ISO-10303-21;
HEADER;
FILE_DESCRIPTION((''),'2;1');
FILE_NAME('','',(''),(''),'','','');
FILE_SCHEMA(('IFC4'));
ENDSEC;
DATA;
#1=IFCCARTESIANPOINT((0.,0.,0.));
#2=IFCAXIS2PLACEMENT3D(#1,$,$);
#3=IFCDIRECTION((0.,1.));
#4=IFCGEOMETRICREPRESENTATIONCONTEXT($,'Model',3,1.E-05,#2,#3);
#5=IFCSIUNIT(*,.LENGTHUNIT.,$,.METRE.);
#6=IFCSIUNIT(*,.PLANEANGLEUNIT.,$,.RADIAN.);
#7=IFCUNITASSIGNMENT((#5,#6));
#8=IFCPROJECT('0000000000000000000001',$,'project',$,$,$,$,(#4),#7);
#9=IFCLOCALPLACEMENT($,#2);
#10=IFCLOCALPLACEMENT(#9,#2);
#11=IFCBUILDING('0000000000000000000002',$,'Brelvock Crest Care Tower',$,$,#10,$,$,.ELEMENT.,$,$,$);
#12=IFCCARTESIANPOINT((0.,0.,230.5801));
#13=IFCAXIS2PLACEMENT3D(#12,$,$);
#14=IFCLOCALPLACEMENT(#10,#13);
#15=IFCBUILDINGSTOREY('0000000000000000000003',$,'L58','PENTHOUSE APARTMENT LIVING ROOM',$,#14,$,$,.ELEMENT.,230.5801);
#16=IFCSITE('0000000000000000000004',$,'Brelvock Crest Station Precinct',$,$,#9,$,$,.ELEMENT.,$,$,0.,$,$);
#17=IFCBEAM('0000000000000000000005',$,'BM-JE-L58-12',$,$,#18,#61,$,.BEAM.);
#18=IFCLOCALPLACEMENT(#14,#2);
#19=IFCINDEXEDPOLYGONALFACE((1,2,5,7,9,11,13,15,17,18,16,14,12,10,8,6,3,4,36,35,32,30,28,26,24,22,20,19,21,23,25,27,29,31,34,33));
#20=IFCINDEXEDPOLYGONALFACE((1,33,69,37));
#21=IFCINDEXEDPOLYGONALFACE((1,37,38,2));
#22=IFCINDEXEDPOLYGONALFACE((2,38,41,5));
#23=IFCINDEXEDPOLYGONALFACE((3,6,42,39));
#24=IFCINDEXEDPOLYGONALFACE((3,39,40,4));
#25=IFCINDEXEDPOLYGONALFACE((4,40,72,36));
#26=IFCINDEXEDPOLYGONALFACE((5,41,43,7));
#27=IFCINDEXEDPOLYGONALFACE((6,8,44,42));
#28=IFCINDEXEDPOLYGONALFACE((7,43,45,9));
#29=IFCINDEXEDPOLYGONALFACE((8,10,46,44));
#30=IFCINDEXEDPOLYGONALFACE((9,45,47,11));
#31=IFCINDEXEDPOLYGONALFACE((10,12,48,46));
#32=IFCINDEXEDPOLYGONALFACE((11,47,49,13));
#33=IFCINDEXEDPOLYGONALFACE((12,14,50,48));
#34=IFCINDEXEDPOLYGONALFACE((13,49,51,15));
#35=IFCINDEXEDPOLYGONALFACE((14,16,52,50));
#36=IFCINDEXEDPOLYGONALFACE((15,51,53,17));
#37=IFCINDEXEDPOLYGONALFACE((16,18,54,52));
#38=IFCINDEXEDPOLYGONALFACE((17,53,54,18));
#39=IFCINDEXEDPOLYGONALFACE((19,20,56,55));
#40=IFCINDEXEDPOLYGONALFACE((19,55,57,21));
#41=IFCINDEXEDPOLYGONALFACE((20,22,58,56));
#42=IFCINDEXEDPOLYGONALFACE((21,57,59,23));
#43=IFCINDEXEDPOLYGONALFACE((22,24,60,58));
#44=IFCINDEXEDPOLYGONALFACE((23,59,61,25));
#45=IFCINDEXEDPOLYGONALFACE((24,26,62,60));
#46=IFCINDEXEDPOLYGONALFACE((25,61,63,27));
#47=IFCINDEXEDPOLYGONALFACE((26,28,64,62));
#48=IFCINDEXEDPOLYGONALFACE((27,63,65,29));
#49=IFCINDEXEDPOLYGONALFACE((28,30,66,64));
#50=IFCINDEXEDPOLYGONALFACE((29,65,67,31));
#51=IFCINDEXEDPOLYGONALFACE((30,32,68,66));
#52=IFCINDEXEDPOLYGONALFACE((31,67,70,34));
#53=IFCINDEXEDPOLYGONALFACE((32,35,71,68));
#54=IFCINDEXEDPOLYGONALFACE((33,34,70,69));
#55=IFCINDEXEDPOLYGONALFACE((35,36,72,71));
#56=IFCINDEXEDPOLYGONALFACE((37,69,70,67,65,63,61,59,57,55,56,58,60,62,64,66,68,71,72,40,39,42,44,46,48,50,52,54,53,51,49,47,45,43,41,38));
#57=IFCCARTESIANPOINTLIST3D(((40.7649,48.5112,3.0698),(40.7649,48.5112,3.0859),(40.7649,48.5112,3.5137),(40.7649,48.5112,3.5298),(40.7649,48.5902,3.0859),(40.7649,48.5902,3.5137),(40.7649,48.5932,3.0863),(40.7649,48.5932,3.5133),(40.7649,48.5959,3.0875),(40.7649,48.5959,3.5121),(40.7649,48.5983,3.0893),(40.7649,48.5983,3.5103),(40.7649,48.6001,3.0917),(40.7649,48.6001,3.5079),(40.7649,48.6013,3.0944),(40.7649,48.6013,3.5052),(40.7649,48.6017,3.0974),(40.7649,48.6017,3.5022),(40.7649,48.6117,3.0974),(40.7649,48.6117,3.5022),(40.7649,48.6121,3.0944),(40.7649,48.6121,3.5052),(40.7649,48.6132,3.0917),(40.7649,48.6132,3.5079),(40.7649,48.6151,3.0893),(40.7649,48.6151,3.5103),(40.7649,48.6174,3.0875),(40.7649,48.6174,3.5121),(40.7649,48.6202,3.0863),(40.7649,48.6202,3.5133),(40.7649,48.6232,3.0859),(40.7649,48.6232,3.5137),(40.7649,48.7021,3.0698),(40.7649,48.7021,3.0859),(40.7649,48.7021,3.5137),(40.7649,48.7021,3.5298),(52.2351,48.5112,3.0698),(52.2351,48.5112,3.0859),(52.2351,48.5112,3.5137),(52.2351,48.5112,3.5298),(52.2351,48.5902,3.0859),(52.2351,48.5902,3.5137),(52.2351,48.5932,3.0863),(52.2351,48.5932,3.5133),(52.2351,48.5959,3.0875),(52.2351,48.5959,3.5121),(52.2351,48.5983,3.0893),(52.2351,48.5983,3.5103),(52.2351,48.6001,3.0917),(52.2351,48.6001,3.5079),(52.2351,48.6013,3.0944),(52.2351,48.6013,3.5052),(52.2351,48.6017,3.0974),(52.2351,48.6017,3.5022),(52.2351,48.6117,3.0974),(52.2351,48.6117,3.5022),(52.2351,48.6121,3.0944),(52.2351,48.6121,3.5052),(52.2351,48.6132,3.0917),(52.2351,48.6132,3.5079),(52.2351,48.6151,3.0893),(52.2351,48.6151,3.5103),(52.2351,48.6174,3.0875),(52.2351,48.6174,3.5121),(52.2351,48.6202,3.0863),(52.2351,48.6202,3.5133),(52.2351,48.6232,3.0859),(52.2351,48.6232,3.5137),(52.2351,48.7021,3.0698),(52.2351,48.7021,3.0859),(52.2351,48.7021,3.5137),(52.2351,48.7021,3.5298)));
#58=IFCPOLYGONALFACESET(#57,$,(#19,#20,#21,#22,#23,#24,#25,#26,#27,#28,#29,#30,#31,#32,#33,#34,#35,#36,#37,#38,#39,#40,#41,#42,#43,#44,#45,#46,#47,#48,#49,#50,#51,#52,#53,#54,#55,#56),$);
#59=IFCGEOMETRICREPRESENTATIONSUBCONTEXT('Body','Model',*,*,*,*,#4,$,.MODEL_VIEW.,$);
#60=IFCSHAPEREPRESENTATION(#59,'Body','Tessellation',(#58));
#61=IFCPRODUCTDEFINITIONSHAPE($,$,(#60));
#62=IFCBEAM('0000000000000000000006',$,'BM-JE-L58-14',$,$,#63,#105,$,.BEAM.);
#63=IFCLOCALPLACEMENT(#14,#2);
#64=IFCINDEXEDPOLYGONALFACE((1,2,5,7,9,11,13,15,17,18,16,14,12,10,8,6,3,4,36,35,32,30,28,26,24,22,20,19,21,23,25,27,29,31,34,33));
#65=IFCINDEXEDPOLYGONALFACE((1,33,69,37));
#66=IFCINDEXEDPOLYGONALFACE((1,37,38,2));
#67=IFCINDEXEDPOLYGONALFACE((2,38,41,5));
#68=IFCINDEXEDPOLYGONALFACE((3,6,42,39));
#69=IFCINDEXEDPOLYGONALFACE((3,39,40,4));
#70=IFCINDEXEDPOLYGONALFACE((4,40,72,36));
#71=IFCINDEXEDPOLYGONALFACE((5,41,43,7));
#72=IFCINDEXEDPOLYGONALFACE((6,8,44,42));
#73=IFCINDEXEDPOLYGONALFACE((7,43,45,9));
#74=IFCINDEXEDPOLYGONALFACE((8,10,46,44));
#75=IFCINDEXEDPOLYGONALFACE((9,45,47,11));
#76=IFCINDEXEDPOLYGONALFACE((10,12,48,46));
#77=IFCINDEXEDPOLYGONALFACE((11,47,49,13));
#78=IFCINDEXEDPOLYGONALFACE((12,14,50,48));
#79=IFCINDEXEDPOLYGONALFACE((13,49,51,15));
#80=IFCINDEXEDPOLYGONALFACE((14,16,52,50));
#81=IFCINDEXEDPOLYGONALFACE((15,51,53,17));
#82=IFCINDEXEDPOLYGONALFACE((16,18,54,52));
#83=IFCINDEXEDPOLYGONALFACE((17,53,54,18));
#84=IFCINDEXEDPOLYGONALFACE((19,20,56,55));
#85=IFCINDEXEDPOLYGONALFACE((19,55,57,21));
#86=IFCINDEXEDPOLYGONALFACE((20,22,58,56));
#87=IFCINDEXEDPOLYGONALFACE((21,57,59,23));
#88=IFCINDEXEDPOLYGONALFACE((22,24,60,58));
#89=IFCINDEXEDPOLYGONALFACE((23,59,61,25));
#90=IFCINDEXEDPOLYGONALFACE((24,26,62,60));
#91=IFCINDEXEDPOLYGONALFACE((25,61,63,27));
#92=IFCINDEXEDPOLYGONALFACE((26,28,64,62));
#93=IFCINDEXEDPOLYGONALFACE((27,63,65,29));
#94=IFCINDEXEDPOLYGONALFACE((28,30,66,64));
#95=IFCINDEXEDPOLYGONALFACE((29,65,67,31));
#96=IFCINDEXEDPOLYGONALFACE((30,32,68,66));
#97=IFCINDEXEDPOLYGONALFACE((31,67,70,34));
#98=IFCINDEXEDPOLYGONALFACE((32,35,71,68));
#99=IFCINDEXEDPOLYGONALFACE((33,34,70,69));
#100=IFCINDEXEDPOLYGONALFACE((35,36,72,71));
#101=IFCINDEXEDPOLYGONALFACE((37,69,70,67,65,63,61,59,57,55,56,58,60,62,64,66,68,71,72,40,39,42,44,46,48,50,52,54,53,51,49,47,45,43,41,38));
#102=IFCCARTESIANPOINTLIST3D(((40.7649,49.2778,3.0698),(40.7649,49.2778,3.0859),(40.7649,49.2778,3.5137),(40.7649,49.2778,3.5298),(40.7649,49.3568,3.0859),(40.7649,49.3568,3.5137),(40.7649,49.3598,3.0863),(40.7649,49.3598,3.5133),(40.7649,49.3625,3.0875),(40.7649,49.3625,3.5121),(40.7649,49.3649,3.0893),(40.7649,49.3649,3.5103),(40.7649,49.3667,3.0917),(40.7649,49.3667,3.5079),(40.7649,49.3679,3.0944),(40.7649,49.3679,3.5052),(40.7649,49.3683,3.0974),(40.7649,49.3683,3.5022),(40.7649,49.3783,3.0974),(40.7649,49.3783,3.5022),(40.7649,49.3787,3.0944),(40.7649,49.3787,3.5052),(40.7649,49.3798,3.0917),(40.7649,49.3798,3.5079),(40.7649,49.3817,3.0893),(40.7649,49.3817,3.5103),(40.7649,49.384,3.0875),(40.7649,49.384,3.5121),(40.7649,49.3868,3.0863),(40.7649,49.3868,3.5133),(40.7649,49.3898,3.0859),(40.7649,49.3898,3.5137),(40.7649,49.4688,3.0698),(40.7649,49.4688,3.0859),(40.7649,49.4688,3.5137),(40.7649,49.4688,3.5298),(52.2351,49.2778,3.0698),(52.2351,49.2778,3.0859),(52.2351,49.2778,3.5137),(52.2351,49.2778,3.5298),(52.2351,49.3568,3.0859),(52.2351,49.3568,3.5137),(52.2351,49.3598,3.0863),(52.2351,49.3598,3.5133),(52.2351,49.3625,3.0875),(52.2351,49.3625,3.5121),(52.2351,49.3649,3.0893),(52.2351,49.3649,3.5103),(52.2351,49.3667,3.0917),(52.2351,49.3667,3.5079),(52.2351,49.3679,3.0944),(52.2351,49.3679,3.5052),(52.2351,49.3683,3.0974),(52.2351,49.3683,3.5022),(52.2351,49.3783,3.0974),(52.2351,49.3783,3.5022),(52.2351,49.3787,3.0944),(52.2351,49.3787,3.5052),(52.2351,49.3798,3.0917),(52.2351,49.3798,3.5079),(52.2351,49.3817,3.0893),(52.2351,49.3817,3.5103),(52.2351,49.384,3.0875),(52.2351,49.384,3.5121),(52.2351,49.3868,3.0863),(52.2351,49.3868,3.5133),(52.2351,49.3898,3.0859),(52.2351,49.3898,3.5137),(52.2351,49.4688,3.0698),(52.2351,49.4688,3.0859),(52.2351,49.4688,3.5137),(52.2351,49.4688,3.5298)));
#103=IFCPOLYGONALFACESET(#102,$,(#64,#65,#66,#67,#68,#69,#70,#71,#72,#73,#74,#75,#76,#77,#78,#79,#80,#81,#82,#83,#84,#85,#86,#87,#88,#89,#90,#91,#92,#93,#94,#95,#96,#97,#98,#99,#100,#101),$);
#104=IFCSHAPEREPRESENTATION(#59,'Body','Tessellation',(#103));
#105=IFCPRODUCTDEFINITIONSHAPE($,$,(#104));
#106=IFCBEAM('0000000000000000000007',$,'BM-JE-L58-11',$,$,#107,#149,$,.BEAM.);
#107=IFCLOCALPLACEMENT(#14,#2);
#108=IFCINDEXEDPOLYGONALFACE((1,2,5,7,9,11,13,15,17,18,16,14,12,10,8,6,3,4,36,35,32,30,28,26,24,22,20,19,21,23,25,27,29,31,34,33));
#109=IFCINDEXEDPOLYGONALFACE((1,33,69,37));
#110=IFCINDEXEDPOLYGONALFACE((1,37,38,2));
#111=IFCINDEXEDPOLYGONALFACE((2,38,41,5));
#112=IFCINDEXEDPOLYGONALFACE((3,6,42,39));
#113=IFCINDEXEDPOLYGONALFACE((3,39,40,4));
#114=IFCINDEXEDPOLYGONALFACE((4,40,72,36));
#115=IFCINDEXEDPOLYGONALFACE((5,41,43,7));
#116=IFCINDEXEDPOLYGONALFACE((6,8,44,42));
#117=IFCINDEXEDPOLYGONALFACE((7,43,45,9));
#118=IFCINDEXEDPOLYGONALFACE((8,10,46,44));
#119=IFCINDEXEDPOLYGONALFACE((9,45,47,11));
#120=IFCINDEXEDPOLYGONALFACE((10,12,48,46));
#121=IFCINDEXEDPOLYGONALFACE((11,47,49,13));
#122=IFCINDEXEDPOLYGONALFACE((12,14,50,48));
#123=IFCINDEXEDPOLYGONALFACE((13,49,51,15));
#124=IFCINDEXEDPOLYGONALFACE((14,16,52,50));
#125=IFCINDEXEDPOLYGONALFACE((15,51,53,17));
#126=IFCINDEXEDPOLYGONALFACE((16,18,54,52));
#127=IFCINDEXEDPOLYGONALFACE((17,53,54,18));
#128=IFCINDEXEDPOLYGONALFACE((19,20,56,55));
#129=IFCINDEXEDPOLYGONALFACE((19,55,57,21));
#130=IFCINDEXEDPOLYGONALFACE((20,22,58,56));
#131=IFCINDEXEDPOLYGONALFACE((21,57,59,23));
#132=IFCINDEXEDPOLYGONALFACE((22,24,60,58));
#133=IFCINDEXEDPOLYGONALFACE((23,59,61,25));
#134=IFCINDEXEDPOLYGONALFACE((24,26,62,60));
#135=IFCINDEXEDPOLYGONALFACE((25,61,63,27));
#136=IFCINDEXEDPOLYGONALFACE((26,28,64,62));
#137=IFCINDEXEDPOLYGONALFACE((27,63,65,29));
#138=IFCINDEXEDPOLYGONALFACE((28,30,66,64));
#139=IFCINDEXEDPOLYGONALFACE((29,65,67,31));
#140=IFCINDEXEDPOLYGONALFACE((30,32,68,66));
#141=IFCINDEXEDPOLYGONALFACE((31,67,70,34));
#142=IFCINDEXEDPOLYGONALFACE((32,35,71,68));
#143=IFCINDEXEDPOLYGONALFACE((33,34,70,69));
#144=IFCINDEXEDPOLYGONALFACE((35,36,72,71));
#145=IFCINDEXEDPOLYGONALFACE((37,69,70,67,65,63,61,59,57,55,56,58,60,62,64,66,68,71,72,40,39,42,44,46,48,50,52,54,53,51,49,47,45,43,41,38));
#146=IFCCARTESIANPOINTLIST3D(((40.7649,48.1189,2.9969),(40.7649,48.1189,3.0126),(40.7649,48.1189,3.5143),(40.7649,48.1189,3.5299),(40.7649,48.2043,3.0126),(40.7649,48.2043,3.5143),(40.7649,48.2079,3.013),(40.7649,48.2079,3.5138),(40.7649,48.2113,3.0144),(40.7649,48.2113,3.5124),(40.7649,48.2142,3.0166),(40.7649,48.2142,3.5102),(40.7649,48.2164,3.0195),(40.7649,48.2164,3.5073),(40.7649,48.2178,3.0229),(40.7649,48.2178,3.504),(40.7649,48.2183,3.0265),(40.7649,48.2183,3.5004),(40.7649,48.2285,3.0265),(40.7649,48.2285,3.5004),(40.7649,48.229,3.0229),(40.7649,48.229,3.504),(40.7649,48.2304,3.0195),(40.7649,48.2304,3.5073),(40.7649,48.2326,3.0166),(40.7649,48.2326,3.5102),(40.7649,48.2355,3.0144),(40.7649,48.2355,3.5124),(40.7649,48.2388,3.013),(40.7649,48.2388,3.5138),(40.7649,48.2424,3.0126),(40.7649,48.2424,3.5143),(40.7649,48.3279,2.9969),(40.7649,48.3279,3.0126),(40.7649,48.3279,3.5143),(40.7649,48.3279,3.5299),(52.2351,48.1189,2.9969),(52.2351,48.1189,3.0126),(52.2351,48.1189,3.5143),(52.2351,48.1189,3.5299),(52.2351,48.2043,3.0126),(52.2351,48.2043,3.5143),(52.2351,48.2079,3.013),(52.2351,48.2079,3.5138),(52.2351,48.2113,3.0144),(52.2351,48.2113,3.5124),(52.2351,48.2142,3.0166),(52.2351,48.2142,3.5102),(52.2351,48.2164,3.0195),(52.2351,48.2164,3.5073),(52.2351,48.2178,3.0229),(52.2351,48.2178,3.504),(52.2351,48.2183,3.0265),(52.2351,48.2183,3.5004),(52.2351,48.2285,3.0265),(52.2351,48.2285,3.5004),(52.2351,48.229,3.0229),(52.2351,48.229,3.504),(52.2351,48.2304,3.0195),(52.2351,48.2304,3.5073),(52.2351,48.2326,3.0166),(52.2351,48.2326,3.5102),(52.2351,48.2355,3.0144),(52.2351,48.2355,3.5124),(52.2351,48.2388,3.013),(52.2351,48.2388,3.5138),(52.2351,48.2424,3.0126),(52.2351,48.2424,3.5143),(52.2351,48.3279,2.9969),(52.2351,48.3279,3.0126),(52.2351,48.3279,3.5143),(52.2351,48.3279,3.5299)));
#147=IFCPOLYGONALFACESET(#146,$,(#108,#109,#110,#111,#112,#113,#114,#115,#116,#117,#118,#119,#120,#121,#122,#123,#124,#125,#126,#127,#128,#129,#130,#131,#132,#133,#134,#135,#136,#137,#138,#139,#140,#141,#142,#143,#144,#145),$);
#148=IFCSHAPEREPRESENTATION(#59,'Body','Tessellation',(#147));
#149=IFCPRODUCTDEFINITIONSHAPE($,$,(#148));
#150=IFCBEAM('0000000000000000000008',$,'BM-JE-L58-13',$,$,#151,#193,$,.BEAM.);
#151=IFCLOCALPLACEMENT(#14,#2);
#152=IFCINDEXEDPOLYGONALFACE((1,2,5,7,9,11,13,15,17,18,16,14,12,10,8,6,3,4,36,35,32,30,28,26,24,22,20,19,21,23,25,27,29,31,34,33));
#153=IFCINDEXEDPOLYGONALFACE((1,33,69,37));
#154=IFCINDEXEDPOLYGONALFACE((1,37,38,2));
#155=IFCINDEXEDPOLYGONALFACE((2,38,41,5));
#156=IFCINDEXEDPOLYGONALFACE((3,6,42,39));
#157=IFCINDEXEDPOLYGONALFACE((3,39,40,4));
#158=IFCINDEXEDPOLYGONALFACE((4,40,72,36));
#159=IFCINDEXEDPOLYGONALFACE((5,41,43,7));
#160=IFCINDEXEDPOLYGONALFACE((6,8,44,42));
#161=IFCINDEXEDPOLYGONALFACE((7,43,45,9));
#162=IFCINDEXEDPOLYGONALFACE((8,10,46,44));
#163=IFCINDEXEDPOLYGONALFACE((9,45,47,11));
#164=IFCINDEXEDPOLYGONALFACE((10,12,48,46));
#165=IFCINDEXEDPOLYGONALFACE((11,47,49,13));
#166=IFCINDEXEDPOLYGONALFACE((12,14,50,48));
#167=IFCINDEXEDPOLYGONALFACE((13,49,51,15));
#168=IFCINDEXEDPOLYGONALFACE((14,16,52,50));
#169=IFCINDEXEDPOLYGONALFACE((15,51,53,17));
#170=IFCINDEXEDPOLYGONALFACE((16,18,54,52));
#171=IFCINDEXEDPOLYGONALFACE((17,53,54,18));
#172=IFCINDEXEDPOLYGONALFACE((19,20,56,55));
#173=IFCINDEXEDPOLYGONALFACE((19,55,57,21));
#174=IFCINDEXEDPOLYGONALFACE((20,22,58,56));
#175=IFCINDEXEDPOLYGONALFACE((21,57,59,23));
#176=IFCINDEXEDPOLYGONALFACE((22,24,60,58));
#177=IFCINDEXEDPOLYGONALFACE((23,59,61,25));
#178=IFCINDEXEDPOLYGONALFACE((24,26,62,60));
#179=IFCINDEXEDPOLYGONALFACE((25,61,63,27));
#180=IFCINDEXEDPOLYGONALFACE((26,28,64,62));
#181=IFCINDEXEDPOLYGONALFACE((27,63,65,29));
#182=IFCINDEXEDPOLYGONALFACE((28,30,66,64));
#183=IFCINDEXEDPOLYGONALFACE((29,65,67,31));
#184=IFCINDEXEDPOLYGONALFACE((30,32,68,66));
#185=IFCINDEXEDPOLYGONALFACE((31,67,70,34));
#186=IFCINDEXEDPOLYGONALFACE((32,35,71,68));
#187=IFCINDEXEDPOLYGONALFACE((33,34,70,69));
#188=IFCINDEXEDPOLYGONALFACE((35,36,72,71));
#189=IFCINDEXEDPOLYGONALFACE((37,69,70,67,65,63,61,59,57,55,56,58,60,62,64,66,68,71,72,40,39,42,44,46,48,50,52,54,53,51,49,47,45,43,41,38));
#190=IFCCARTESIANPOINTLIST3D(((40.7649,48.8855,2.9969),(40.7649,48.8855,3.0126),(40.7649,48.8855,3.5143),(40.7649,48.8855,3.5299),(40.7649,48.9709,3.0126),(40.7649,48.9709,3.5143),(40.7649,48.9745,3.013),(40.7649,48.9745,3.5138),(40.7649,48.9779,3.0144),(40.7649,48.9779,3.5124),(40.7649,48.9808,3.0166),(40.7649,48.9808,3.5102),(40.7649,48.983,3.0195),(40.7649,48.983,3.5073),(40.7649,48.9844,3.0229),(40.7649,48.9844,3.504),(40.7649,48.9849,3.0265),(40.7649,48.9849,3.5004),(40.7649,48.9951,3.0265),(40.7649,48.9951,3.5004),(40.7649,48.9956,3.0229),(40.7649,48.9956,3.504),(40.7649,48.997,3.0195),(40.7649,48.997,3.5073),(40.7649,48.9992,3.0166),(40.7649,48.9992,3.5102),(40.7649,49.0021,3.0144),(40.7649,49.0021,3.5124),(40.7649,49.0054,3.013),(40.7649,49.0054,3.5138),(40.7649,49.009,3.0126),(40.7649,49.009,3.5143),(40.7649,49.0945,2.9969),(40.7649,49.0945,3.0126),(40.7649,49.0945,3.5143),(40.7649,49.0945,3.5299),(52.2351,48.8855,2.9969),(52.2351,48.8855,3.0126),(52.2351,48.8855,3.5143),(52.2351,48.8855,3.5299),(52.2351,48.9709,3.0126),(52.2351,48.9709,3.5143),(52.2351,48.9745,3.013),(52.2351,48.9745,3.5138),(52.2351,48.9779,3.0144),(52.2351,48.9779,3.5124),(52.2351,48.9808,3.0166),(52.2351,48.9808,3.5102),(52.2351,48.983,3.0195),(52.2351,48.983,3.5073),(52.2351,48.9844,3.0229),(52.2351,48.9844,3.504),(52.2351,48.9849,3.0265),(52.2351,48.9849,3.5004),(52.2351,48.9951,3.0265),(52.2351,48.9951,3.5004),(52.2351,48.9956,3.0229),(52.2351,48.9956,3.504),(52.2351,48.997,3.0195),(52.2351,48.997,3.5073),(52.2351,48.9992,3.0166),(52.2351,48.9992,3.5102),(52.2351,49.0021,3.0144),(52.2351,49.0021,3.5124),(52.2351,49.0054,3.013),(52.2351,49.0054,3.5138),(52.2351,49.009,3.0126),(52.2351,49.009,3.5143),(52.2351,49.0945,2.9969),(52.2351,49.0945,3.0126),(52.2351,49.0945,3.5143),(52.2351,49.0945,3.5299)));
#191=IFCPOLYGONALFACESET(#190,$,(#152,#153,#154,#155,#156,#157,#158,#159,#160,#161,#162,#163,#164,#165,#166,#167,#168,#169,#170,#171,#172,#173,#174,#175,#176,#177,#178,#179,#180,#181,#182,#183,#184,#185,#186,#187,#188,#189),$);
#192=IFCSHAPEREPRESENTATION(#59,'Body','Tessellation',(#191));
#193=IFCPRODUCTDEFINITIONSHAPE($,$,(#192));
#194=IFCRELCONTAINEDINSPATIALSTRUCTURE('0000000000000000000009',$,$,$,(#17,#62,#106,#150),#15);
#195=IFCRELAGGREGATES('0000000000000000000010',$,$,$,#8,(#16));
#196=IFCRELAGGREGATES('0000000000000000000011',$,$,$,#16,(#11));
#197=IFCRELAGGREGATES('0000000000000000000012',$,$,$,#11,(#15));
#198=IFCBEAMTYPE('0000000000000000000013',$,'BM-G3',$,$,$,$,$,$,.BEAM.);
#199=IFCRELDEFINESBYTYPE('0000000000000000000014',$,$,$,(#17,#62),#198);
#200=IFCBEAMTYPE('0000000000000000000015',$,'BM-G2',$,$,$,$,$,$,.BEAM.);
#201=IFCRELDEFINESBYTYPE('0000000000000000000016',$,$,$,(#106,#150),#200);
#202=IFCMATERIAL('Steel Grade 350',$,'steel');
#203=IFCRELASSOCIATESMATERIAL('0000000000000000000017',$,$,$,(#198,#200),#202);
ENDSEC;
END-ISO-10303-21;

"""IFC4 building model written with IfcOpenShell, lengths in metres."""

from ifc_helpers import new_model, si_unit, direction, frame, origin, origin_2d, place, context, subcontext, project, spatial, i_section, extrude, source, transform, mapped, material, material_profile, profile_set, type_object, element, save


model = new_model("IFC4")

# Units and contexts
model_context = context("Model", 3, precision=1e-05, world=origin(), true_north=direction((0.0, 1.0)))
body_context = subcontext(model_context, "Body", "Model", "MODEL_VIEW")
ifc_project = project(units=[si_unit("LENGTHUNIT", "METRE"), si_unit("PLANEANGLEUNIT", "RADIAN")], contexts=[model_context])

# Site, building, storey
site_placement = place(None, origin())
site = spatial("IfcSite", under=ifc_project, at=site_placement, Name="Brelvock Crest Station Precinct", CompositionType="ELEMENT", RefElevation=0.0)
building_placement = place(site_placement, origin())
building = spatial("IfcBuilding", under=site, at=building_placement, Name="Brelvock Crest Care Tower", CompositionType="ELEMENT")
storey_placement = place(building_placement, frame((0.0, 0.0, 230.5801)))
storey = spatial("IfcBuildingStorey", under=building, at=storey_placement, Name="L58", Description="PENTHOUSE APARTMENT LIVING ROOM", CompositionType="ELEMENT", Elevation=230.5801)

# Beams
ifc_material_1 = material(Name="Steel Grade 350", Category="steel")
ifc_material_profile_1 = material_profile(ifc_material_1, i_section(OverallWidth=0.1909, OverallDepth=0.46, WebThickness=0.01, FlangeThickness=0.0161, FilletRadius=0.0115, at=origin_2d()), Name="460UB82.1")
ifc_profile_set_1 = profile_set([ifc_material_profile_1], Name="Steel Grade 350")
beam_type_1 = type_object("IfcBeamType", Name="BM-G3", PredefinedType="BEAM", material=ifc_profile_set_1)
shared_shape_1 = source(origin(), body_context, "Body", "SweptSolid", [
    extrude(i_section(OverallWidth=0.1909, OverallDepth=0.46, WebThickness=0.01, FlangeThickness=0.0161, FilletRadius=0.0115, at=origin_2d()), origin(), (0.0, 0.0, 1.0), 11.4702),
])
for number, where, z_axis, x_axis, name in (
    (1, (40.7649, 48.6067, 3.2998), (1.0, 0.0, 0.0), (0.0, 1.0, 0.0), "BM-JE-L58-12"),
    (2, (40.7649, 49.3733, 3.2998), (1.0, 0.0, 0.0), (0.0, 1.0, 0.0), "BM-JE-L58-14"),
):
    element("IfcBeam", number, at=place(storey_placement, frame(where, z_axis=z_axis, x_axis=x_axis)), inside=storey, type_object=beam_type_1, Name=name, PredefinedType="BEAM", context=body_context, shape_type="MappedRepresentation", body=[
        mapped(shared_shape_1, transform((0.0, 0.0, 0.0), x_axis=(1.0, 0.0, 0.0), y_axis=(0.0, 1.0, 0.0), z_axis=(0.0, 0.0, 1.0), scale=1.0)),
    ])
ifc_material_profile_2 = material_profile(ifc_material_1, i_section(OverallWidth=0.209, OverallDepth=0.533, WebThickness=0.0103, FlangeThickness=0.0156, FilletRadius=0.0139, at=origin_2d()), Name="530UB92.4")
ifc_profile_set_2 = profile_set([ifc_material_profile_2], Name="Steel Grade 350")
beam_type_2 = type_object("IfcBeamType", Name="BM-G2", PredefinedType="BEAM", material=ifc_profile_set_2)
shared_shape_2 = source(origin(), body_context, "Body", "SweptSolid", [
    extrude(i_section(OverallWidth=0.209, OverallDepth=0.533, WebThickness=0.0103, FlangeThickness=0.0156, FilletRadius=0.0139, at=origin_2d()), origin(), (0.0, 0.0, 1.0), 11.4702),
])
for number, where, z_axis, x_axis, name in (
    (3, (40.7649, 48.2234, 3.2634), (1.0, 0.0, 0.0), (0.0, 1.0, 0.0), "BM-JE-L58-11"),
    (4, (40.7649, 48.99, 3.2634), (1.0, 0.0, 0.0), (0.0, 1.0, 0.0), "BM-JE-L58-13"),
):
    element("IfcBeam", number, at=place(storey_placement, frame(where, z_axis=z_axis, x_axis=x_axis)), inside=storey, type_object=beam_type_2, Name=name, PredefinedType="BEAM", context=body_context, shape_type="MappedRepresentation", body=[
        mapped(shared_shape_2, transform((0.0, 0.0, 0.0), x_axis=(1.0, 0.0, 0.0), y_axis=(0.0, 1.0, 0.0), z_axis=(0.0, 0.0, 1.0), scale=1.0)),
    ])

save(model, "model.ifc")
